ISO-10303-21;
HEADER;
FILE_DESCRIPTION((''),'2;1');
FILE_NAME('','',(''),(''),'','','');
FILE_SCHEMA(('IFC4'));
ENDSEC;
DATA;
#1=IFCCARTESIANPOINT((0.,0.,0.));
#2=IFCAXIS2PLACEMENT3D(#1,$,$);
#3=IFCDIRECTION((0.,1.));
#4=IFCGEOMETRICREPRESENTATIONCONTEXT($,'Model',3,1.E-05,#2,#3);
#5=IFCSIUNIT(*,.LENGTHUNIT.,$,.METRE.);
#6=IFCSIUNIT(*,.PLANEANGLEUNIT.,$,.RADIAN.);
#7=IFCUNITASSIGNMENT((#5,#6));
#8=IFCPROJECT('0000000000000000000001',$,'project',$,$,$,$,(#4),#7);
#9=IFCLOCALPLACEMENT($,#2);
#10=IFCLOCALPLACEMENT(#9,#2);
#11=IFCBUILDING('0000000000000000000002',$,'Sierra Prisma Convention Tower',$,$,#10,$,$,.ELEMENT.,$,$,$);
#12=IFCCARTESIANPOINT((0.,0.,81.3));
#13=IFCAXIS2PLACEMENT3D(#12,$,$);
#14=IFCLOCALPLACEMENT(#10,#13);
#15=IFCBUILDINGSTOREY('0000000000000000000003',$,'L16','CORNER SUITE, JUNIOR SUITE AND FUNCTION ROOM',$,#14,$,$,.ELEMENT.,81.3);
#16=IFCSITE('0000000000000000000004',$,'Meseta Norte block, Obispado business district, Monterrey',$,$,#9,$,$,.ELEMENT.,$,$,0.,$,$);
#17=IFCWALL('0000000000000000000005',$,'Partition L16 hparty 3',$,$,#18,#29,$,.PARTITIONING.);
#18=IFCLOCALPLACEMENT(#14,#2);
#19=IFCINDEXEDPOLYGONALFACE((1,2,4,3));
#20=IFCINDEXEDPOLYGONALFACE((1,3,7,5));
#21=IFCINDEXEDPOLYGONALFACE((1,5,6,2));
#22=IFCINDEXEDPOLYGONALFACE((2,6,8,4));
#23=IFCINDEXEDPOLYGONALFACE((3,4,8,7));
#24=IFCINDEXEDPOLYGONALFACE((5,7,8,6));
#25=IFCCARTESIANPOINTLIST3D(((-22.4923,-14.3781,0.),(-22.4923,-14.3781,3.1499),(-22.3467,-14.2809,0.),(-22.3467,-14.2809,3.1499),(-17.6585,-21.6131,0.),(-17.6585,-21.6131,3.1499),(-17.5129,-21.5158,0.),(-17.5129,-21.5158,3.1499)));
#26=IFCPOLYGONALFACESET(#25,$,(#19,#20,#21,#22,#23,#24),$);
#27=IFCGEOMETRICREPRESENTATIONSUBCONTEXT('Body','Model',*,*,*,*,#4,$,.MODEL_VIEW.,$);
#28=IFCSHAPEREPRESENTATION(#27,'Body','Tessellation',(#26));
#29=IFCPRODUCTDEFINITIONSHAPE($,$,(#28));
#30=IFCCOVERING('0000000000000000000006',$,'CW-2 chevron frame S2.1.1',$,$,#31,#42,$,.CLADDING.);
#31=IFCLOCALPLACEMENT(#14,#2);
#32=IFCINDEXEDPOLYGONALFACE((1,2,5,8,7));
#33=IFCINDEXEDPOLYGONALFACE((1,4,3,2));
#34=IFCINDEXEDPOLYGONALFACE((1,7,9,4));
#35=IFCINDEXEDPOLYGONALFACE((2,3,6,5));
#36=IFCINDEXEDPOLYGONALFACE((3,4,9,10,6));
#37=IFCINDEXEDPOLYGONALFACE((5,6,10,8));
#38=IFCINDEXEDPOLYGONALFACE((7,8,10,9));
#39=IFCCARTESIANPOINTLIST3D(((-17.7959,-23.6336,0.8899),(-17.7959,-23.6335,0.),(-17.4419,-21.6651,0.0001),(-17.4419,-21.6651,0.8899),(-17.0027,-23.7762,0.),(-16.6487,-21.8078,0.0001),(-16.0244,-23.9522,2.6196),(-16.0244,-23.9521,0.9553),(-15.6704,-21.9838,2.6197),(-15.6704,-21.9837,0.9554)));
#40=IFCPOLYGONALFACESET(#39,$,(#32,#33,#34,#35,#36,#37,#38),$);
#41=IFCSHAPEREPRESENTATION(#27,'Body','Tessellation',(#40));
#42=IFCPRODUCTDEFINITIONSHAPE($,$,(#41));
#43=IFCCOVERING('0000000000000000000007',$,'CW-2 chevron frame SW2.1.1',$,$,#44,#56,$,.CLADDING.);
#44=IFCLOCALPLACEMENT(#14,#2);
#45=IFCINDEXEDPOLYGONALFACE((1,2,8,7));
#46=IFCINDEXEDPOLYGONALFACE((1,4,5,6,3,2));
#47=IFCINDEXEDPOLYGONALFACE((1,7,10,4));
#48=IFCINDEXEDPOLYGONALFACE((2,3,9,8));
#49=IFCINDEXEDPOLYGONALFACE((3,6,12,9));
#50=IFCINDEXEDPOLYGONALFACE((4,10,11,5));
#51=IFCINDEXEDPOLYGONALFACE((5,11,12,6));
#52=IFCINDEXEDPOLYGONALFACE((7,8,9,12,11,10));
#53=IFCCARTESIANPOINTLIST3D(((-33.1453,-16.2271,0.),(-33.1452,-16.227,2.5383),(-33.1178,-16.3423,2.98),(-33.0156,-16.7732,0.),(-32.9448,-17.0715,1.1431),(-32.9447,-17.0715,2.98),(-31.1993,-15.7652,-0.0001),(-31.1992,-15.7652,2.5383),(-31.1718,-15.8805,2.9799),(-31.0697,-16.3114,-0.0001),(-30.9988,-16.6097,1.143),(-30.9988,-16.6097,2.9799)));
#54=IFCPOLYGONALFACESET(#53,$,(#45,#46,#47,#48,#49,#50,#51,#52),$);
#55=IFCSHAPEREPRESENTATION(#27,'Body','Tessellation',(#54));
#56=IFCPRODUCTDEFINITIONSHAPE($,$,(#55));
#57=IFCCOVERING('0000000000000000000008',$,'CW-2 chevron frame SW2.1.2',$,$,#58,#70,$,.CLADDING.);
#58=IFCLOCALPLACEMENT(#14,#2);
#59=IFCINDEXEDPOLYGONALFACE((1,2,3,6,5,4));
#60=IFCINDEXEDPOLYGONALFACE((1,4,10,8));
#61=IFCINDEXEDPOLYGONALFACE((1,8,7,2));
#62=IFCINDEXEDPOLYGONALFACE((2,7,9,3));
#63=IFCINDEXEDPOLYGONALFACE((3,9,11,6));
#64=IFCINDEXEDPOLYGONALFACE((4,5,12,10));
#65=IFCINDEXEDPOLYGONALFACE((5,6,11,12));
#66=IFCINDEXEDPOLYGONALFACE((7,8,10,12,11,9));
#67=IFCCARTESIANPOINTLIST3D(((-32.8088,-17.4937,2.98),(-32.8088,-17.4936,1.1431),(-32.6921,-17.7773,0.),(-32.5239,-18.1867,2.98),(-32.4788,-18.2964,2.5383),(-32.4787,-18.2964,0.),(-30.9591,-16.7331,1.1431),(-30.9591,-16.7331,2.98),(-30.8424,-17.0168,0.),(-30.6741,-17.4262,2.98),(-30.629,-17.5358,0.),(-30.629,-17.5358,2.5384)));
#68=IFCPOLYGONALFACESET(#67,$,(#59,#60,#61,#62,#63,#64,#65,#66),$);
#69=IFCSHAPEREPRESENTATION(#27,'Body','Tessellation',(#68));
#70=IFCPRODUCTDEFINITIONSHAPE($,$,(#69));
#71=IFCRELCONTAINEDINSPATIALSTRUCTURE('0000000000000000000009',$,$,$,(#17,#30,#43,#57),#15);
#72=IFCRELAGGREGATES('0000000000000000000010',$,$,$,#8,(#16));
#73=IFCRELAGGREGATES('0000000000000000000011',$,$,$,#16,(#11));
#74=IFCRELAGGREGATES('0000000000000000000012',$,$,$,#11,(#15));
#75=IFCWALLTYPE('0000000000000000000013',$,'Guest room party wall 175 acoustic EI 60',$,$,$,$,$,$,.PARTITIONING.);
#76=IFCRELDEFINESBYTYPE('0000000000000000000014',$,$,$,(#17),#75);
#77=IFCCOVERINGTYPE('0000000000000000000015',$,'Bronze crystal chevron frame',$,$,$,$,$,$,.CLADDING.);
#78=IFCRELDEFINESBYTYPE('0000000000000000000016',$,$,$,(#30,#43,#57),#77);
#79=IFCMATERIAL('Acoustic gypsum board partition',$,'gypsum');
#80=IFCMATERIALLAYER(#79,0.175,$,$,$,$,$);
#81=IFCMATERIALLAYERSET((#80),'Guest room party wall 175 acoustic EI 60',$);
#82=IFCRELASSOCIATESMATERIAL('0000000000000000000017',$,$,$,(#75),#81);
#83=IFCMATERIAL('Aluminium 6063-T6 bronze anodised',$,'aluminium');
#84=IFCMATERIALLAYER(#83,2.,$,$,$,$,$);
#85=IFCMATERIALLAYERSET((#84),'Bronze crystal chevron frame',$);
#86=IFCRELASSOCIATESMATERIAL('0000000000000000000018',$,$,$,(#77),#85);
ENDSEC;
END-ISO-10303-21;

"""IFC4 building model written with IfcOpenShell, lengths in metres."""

from ifc_helpers import new_model, si_unit, direction, frame, frame_2d, origin, place, context, subcontext, project, spatial, polyline, rectangle, outline, extrude, material, layer, layer_set, type_object, element, save


model = new_model("IFC4")

# Units and contexts
model_context = context("Model", 3, precision=1e-05, world=origin(), true_north=direction((0.0, 1.0)))
body_context = subcontext(model_context, "Body", "Model", "MODEL_VIEW")
ifc_project = project(units=[si_unit("LENGTHUNIT", "METRE"), si_unit("PLANEANGLEUNIT", "RADIAN")], contexts=[model_context])

# Site, building, storey
site_placement = place(None, origin())
site = spatial("IfcSite", under=ifc_project, at=site_placement, Name="Meseta Norte block, Obispado business district, Monterrey", CompositionType="ELEMENT", RefElevation=0.0)
building_placement = place(site_placement, origin())
building = spatial("IfcBuilding", under=site, at=building_placement, Name="Sierra Prisma Convention Tower", CompositionType="ELEMENT")
storey_placement = place(building_placement, frame((0.0, 0.0, 81.3)))
storey = spatial("IfcBuildingStorey", under=building, at=storey_placement, Name="L16", Description="CORNER SUITE, JUNIOR SUITE AND FUNCTION ROOM", CompositionType="ELEMENT", Elevation=81.3)

# Wall
ifc_material_1 = material(Name="Acoustic gypsum board partition", Category="gypsum")
ifc_layer_1 = layer(ifc_material_1, 0.175)
ifc_layer_set_1 = layer_set([ifc_layer_1], Name="Guest room party wall 175 acoustic EI 60")
wall_type_1 = type_object("IfcWallType", Name="Guest room party wall 175 acoustic EI 60", PredefinedType="PARTITIONING", material=ifc_layer_set_1)
wall_1_placement = place(storey_placement, frame((-17.5857, -21.5645, 0.0), z_axis=(0.0, 0.0, 1.0), x_axis=(-0.555535, 0.831493, 0.0)))
element("IfcWall", 1, at=wall_1_placement, inside=storey, type_object=wall_type_1, Name="Partition L16 hparty 3", PredefinedType="PARTITIONING", context=body_context, shape_type="SweptSolid", body=[
    extrude(rectangle(XDim=8.7012, YDim=0.175, at=frame_2d((4.3506, 0.0))), origin(), (0.0, 0.0, 1.0), 3.1499),
])

# Coverings
ifc_material_2 = material(Name="Aluminium 6063-T6 bronze anodised", Category="aluminium")
ifc_layer_2 = layer(ifc_material_2, 2.0)
ifc_layer_set_2 = layer_set([ifc_layer_2], Name="Bronze crystal chevron frame")
covering_type = type_object("IfcCoveringType", Name="Bronze crystal chevron frame", PredefinedType="CLADDING", material=ifc_layer_set_2)
covering_1_placement = place(storey_placement, frame((-17.7959, -23.6335, 0.0), z_axis=(-0.176997, -0.984211, -0.000027), x_axis=(0.984211, -0.176997, 0.0)))
element("IfcCovering", 2, at=covering_1_placement, inside=storey, type_object=covering_type, Name="CW-2 chevron frame S2.1.1", PredefinedType="CLADDING", context=body_context, shape_type="SweptSolid", body=[
    extrude(outline(polyline([(0.0, 0.0), (0.8059, 0.0), (1.7999, 0.9553), (1.7999, 2.6196), (0.0, 0.8899), (0.0, 0.0)])), origin(), (0.0, 0.0, -1.0), 2.0),
])
covering_2_placement = place(storey_placement, frame((-33.1453, -16.2271, 0.0), z_axis=(-0.972973, -0.230918, 0.00004), x_axis=(0.230918, -0.972973, 0.0)))
element("IfcCovering", 3, at=covering_2_placement, inside=storey, type_object=covering_type, Name="CW-2 chevron frame SW2.1.1", PredefinedType="CLADDING", context=body_context, shape_type="SweptSolid", body=[
    extrude(outline(polyline([(0.0, 0.0), (0.5613, 0.0), (0.8679, 1.1431), (0.8679, 2.98), (0.1185, 2.98), (0.0, 2.5383), (0.0, 0.0)])), origin(), (0.0, 0.0, -1.0), 2.0),
])
covering_3_placement = place(storey_placement, frame((-32.8088, -17.4937, 2.98), z_axis=(-0.924871, -0.38028, -0.000023), x_axis=(0.000022, 0.000009, -1.0)))
element("IfcCovering", 4, at=covering_3_placement, inside=storey, type_object=covering_type, Name="CW-2 chevron frame SW2.1.2", PredefinedType="CLADDING", context=body_context, shape_type="SweptSolid", body=[
    extrude(outline(polyline([(0.0, 0.0), (1.8369, 0.0), (2.98, 0.3068), (2.98, 0.8679), (0.4417, 0.8679), (0.0, 0.7494), (0.0, 0.0)])), origin(), (0.0, 0.0, -1.0), 2.0),
])

save(model, "model.ifc")
